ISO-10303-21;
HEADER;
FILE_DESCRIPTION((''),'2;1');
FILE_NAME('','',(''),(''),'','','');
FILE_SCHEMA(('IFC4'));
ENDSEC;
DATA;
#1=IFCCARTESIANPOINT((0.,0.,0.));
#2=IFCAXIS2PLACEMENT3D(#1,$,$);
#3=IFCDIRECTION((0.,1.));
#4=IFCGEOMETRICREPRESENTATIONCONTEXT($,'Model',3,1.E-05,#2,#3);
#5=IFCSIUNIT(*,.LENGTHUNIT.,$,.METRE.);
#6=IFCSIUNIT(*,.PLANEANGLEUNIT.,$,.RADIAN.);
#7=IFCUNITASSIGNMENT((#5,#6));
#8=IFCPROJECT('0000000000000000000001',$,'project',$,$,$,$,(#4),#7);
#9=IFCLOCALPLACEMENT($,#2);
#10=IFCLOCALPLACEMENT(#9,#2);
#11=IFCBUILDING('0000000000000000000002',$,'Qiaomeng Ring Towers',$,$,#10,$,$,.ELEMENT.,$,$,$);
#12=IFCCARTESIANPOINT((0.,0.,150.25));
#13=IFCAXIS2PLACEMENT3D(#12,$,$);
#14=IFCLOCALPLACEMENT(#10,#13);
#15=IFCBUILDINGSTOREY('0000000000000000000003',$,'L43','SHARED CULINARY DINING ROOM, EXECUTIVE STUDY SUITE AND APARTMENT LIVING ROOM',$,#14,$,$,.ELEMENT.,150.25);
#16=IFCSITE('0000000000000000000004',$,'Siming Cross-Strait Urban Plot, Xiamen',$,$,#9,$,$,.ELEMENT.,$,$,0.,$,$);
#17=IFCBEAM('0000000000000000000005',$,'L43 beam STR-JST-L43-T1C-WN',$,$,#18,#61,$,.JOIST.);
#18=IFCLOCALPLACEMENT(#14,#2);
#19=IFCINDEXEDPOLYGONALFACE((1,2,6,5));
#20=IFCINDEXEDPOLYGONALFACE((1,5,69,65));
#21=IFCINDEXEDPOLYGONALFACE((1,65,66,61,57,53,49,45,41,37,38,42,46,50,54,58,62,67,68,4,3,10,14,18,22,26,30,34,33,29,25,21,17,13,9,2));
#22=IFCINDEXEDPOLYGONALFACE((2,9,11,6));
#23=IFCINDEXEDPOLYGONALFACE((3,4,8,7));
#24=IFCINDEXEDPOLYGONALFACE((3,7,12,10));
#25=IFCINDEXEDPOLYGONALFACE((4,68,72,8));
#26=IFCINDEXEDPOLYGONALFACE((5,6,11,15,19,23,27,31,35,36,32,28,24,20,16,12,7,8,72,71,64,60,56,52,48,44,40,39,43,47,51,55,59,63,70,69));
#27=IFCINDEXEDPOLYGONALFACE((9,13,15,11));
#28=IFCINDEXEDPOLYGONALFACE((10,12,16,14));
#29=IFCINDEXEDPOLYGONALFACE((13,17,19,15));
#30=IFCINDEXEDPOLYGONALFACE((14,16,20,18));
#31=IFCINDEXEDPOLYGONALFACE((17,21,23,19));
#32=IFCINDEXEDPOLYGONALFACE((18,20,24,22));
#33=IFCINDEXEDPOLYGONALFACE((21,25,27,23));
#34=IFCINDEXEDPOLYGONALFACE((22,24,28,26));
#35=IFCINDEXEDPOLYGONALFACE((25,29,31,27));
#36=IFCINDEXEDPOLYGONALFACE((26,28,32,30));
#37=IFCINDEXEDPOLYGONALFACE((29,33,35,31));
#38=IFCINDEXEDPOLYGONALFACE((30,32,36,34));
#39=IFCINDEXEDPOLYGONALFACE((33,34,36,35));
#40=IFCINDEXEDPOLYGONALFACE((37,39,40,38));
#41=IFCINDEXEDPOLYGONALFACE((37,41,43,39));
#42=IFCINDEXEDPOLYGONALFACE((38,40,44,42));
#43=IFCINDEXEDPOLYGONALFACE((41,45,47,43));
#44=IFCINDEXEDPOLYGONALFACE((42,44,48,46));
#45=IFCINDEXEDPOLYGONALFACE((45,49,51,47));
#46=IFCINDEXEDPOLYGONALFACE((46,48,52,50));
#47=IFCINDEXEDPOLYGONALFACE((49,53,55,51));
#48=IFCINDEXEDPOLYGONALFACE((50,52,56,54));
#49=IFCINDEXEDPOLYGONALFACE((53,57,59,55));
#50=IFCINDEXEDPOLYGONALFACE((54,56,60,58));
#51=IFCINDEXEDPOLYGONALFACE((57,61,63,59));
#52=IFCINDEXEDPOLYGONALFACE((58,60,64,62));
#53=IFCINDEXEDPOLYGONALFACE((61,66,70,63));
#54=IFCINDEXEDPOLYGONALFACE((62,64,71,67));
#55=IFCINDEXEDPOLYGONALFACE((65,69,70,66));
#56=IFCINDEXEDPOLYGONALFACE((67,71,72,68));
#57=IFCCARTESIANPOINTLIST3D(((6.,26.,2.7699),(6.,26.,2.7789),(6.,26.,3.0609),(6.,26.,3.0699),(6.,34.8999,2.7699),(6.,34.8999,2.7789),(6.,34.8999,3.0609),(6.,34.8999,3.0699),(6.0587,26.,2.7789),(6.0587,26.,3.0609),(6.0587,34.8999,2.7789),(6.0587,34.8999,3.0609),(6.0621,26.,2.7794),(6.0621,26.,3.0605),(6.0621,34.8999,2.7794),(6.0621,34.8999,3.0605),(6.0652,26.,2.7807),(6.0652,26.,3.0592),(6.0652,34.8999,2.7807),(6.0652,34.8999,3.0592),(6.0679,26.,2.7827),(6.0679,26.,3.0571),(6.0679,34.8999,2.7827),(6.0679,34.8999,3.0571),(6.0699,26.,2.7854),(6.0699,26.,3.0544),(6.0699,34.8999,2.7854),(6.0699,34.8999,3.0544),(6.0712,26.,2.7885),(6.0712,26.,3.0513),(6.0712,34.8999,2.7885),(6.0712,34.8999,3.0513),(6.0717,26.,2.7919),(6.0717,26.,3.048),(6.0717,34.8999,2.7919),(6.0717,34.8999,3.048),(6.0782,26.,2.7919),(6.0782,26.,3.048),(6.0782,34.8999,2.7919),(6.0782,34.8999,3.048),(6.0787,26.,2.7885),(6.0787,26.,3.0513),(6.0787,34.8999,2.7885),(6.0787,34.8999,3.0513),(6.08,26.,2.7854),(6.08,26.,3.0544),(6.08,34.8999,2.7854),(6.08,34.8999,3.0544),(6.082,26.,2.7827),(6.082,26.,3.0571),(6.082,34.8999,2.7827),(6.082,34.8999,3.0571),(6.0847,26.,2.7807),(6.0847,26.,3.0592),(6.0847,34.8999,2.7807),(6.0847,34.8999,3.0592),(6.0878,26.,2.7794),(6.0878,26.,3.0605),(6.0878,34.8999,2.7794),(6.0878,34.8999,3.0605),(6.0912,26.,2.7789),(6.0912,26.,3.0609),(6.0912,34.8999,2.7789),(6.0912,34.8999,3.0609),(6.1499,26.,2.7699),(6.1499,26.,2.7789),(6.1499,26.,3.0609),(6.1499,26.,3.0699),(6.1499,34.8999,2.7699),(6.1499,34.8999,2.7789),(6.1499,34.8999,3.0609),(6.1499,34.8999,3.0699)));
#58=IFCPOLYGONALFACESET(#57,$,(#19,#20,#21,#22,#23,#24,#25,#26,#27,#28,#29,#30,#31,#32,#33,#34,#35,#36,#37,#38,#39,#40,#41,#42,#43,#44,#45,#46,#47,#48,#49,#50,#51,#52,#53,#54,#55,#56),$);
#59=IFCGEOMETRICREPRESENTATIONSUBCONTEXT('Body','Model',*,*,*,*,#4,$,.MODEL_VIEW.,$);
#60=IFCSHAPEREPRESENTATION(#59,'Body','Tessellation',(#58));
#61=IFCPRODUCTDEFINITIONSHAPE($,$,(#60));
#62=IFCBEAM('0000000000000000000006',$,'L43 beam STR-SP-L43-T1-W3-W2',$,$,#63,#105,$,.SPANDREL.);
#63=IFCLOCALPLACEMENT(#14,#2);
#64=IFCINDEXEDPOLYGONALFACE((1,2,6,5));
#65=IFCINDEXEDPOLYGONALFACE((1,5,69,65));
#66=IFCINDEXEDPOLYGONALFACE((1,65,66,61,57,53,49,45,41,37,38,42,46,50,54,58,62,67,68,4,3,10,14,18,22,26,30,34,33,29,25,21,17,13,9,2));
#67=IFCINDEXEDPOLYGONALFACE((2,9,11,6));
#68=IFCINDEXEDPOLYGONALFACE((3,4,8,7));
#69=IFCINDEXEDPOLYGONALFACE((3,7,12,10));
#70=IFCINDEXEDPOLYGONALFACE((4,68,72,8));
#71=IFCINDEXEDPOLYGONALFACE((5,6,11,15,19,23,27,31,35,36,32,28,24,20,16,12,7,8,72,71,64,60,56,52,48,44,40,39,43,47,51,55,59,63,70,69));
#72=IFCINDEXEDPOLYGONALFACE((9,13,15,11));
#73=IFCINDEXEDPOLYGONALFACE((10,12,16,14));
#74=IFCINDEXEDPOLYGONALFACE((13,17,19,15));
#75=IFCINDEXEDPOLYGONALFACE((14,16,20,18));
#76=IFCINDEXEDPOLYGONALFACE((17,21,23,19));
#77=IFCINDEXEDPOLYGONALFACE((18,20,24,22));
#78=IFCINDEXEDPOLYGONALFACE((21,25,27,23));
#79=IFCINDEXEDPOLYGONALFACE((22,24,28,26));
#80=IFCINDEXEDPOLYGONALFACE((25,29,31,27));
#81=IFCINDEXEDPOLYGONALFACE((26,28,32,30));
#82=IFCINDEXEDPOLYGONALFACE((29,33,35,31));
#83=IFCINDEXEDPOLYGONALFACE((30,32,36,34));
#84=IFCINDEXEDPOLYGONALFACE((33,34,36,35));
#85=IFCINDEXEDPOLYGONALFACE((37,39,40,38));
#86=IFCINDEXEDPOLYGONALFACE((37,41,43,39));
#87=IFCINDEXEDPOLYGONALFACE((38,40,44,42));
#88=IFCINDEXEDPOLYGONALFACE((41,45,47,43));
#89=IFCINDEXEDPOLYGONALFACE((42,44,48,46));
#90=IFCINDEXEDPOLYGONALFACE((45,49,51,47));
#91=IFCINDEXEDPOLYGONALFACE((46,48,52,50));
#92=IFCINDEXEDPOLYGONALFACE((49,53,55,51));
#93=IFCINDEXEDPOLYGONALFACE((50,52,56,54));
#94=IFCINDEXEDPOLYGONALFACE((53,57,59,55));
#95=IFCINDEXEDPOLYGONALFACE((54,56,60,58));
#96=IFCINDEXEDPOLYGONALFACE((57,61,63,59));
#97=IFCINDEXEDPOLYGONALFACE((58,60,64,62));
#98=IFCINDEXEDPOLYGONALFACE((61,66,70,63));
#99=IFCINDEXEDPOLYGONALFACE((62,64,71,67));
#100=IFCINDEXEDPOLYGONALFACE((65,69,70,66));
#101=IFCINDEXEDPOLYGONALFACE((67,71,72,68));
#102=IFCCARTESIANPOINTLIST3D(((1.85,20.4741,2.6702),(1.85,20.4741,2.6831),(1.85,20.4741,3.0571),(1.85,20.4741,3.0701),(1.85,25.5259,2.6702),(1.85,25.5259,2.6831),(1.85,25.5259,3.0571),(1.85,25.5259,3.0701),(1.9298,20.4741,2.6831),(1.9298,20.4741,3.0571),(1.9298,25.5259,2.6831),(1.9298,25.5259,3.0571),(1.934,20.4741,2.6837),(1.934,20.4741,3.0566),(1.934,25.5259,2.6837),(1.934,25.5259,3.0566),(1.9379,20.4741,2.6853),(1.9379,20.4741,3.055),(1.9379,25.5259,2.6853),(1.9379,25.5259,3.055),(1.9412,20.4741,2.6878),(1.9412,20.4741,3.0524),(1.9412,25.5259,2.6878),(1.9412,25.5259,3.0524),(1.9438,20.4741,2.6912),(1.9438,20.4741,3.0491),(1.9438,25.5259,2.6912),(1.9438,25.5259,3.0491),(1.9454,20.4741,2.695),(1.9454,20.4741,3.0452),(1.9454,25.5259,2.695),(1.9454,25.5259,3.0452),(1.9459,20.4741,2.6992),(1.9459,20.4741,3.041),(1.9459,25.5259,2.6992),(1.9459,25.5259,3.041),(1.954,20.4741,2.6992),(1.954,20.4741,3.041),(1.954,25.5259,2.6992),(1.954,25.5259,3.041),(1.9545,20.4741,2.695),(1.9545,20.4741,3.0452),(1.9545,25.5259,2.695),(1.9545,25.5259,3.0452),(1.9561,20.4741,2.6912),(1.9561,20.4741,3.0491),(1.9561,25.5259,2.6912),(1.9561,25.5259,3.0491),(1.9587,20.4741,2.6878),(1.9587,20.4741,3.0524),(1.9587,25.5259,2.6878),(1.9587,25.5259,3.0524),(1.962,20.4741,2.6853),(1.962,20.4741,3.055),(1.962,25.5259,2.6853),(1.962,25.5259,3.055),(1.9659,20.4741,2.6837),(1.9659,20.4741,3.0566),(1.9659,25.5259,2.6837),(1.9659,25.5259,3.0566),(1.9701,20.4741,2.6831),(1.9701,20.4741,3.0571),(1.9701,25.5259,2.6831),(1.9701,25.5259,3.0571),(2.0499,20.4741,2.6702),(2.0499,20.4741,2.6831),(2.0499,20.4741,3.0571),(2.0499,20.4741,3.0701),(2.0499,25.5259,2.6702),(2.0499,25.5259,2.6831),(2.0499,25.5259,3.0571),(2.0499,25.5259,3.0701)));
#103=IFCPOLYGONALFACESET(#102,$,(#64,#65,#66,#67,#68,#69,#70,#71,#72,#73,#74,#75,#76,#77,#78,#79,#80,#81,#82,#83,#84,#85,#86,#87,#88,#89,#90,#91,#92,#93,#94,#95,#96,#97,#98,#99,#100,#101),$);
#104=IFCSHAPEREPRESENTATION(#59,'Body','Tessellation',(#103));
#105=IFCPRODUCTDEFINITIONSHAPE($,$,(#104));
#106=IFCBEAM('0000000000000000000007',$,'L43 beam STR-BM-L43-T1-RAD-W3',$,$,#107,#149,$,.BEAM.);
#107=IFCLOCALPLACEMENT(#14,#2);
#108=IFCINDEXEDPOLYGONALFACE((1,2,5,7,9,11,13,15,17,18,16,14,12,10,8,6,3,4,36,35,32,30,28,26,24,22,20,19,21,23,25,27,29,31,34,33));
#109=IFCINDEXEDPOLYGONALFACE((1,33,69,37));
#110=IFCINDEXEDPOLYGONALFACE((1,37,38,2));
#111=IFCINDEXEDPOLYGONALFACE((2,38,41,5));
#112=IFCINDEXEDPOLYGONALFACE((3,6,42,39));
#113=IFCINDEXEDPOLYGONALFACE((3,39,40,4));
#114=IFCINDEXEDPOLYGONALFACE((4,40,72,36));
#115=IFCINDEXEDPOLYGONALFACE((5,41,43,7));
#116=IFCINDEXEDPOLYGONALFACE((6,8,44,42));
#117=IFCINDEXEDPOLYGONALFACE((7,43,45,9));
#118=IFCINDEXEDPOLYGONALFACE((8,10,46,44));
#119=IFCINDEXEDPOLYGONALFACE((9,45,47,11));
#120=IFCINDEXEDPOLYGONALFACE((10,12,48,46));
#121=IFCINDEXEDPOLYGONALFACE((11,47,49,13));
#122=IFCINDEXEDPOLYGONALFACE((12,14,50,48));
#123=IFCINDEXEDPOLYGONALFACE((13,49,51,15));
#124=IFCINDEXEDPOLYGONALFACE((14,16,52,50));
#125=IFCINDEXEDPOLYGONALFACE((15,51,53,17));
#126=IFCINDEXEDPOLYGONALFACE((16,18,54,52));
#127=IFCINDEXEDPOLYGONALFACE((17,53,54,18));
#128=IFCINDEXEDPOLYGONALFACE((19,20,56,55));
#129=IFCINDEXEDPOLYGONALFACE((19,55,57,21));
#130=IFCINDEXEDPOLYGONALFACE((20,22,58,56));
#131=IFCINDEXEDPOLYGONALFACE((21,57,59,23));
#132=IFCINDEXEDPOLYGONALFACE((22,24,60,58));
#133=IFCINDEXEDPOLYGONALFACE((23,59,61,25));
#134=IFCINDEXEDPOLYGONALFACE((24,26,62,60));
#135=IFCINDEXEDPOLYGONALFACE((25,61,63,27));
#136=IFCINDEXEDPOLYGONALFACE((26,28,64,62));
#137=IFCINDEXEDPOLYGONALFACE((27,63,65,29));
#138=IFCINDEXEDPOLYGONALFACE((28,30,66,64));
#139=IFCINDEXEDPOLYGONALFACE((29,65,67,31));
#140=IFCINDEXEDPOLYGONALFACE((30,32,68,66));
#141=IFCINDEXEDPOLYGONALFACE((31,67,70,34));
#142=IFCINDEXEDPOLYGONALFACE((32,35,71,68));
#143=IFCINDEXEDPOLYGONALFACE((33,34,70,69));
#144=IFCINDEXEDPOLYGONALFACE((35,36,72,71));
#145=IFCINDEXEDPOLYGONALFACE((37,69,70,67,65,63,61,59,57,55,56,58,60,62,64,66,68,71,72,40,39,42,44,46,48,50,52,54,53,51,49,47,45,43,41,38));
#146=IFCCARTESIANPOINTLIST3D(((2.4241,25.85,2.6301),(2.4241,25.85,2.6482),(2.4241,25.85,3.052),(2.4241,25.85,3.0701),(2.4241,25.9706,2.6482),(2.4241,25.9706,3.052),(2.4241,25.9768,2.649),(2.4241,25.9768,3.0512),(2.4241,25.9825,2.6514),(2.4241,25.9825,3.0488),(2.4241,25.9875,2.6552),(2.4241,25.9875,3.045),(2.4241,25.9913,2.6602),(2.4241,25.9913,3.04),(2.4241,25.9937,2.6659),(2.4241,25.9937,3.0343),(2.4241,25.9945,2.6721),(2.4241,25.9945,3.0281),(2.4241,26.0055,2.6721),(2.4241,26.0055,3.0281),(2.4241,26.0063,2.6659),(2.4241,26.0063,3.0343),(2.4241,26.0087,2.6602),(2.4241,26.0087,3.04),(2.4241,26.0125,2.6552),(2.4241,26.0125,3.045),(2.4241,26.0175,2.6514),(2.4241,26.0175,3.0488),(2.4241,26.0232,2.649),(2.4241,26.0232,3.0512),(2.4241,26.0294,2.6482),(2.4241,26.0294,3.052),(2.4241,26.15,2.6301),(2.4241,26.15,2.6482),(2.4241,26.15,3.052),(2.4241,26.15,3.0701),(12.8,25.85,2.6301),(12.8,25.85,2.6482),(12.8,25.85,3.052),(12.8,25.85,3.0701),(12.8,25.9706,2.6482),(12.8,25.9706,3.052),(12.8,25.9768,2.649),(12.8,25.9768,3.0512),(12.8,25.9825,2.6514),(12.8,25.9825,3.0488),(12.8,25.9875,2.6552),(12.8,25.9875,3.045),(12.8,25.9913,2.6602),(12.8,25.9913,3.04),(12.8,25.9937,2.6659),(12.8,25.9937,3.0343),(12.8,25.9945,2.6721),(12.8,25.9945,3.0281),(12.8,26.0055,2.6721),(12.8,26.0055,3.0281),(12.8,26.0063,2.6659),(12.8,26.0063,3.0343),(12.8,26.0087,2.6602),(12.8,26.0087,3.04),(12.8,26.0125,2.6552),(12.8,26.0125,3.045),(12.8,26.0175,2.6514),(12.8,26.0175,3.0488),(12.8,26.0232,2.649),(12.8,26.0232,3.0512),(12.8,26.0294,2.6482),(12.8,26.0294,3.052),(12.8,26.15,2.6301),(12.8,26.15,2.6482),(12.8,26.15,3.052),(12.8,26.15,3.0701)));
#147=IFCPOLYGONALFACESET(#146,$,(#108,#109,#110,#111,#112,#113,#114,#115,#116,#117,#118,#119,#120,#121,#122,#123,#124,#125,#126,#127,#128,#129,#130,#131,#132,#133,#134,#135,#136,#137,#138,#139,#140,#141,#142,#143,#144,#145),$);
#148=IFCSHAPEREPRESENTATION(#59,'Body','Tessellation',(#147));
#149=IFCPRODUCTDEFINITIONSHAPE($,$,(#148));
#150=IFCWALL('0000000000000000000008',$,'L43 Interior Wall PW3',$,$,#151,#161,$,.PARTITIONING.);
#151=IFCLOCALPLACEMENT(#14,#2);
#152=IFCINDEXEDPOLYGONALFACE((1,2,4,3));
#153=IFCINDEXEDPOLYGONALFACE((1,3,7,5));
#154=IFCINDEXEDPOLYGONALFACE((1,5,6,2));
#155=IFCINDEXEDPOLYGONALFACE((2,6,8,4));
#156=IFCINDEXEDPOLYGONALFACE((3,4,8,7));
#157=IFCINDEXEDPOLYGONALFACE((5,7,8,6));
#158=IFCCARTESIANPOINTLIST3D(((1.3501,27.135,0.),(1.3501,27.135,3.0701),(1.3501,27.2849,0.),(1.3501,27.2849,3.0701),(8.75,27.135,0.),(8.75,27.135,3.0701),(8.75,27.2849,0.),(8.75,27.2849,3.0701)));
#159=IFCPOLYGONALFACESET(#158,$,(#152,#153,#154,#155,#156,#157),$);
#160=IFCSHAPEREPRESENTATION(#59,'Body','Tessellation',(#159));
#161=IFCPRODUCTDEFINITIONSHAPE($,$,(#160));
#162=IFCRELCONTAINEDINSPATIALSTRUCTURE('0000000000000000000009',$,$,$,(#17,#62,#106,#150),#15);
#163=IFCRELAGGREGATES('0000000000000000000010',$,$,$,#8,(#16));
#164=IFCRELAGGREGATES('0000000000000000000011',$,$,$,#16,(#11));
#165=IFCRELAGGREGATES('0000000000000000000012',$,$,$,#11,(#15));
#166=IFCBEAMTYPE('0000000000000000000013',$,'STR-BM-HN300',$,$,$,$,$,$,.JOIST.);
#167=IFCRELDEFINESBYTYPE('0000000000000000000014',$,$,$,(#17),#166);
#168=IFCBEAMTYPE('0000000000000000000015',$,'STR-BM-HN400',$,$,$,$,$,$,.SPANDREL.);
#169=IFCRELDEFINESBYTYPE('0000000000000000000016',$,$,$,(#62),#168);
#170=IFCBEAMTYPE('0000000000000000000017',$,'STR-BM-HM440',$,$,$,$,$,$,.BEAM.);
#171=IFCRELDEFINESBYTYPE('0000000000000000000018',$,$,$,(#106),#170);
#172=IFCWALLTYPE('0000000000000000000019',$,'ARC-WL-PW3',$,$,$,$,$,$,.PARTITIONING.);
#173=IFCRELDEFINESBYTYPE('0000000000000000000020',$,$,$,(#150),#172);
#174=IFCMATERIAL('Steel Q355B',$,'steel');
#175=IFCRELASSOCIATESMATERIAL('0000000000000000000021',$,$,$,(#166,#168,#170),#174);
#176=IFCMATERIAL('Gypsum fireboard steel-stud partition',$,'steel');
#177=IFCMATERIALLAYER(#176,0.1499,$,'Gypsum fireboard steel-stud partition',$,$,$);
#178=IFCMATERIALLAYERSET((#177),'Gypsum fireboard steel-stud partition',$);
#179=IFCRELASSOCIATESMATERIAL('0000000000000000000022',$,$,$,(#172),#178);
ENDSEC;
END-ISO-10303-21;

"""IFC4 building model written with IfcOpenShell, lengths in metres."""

from ifc_helpers import new_model, si_unit, direction, frame, frame_2d, origin, origin_2d, place, context, subcontext, project, spatial, rectangle, i_section, extrude, source, transform, mapped, material, layer, layer_set, material_profile, profile_set, type_object, element, save


model = new_model("IFC4")

# Units and contexts
model_context = context("Model", 3, precision=1e-05, world=origin(), true_north=direction((0.0, 1.0)))
body_context = subcontext(model_context, "Body", "Model", "MODEL_VIEW")
ifc_project = project(units=[si_unit("LENGTHUNIT", "METRE"), si_unit("PLANEANGLEUNIT", "RADIAN")], contexts=[model_context])

# Site, building, storey
site_placement = place(None, origin())
site = spatial("IfcSite", under=ifc_project, at=site_placement, Name="Siming Cross-Strait Urban Plot, Xiamen", CompositionType="ELEMENT", RefElevation=0.0)
building_placement = place(site_placement, origin())
building = spatial("IfcBuilding", under=site, at=building_placement, Name="Qiaomeng Ring Towers", CompositionType="ELEMENT")
storey_placement = place(building_placement, frame((0.0, 0.0, 150.25)))
storey = spatial("IfcBuildingStorey", under=building, at=storey_placement, Name="L43", Description="SHARED CULINARY DINING ROOM, EXECUTIVE STUDY SUITE AND APARTMENT LIVING ROOM", CompositionType="ELEMENT", Elevation=150.25)

# Beams
ifc_material_1 = material(Name="Steel Q355B", Category="steel")
ifc_material_profile_1 = material_profile(ifc_material_1, i_section(OverallWidth=0.1499, OverallDepth=0.3, WebThickness=0.0066, FlangeThickness=0.009, FilletRadius=0.0129, at=origin_2d()), Name="HN 300x150x6.5x9")
ifc_profile_set_1 = profile_set([ifc_material_profile_1], Name="Steel Q355B")
beam_type_1 = type_object("IfcBeamType", Name="STR-BM-HN300", PredefinedType="JOIST", material=ifc_profile_set_1)
shared_shape_1 = source(origin(), body_context, "Body", "SweptSolid", [
    extrude(i_section(OverallWidth=0.1499, OverallDepth=0.3, WebThickness=0.0066, FlangeThickness=0.009, FilletRadius=0.0129, at=origin_2d()), origin(), (0.0, 0.0, 1.0), 8.8999),
])
beam_1_placement = place(storey_placement, frame((6.075, 26.0, 2.9199), z_axis=(0.0, 1.0, 0.0), x_axis=(-1.0, 0.0, 0.0)))
element("IfcBeam", 1, at=beam_1_placement, inside=storey, type_object=beam_type_1, Name="L43 beam STR-JST-L43-T1C-WN", PredefinedType="JOIST", context=body_context, shape_type="MappedRepresentation", body=[
    mapped(shared_shape_1, transform((0.0, 0.0, 0.0), x_axis=(1.0, 0.0, 0.0), y_axis=(0.0, 1.0, 0.0), z_axis=(0.0, 0.0, 1.0), scale=1.0)),
])
ifc_material_profile_2 = material_profile(ifc_material_1, i_section(OverallWidth=0.2, OverallDepth=0.3999, WebThickness=0.0081, FlangeThickness=0.0129, FilletRadius=0.0161, at=origin_2d()), Name="HN 400x200x8x13")
ifc_profile_set_2 = profile_set([ifc_material_profile_2], Name="Steel Q355B")
beam_type_2 = type_object("IfcBeamType", Name="STR-BM-HN400", PredefinedType="SPANDREL", material=ifc_profile_set_2)
shared_shape_2 = source(origin(), body_context, "Body", "SweptSolid", [
    extrude(i_section(OverallWidth=0.2, OverallDepth=0.3999, WebThickness=0.0081, FlangeThickness=0.0129, FilletRadius=0.0161, at=origin_2d()), origin(), (0.0, 0.0, 1.0), 5.0518),
])
beam_2_placement = place(storey_placement, frame((1.95, 25.5259, 2.8701), z_axis=(0.0, -1.0, 0.0), x_axis=(1.0, 0.0, 0.0)))
element("IfcBeam", 2, at=beam_2_placement, inside=storey, type_object=beam_type_2, Name="L43 beam STR-SP-L43-T1-W3-W2", PredefinedType="SPANDREL", context=body_context, shape_type="MappedRepresentation", body=[
    mapped(shared_shape_2, transform((0.0, 0.0, 0.0), x_axis=(1.0, 0.0, 0.0), y_axis=(0.0, 1.0, 0.0), z_axis=(0.0, 0.0, 1.0), scale=1.0)),
])
ifc_material_profile_3 = material_profile(ifc_material_1, i_section(OverallWidth=0.3, OverallDepth=0.4399, WebThickness=0.011, FlangeThickness=0.0181, FilletRadius=0.0239, at=origin_2d()), Name="HM 440x300x11x18")
ifc_profile_set_3 = profile_set([ifc_material_profile_3], Name="Steel Q355B")
beam_type_3 = type_object("IfcBeamType", Name="STR-BM-HM440", PredefinedType="BEAM", material=ifc_profile_set_3)
shared_shape_3 = source(origin(), body_context, "Body", "SweptSolid", [
    extrude(i_section(OverallWidth=0.3, OverallDepth=0.4399, WebThickness=0.011, FlangeThickness=0.0181, FilletRadius=0.0239, at=origin_2d()), origin(), (0.0, 0.0, 1.0), 10.376),
])
beam_3_placement = place(storey_placement, frame((2.4241, 26.0, 2.8501), z_axis=(1.0, 0.0, 0.0), x_axis=(0.0, 1.0, 0.0)))
element("IfcBeam", 3, at=beam_3_placement, inside=storey, type_object=beam_type_3, Name="L43 beam STR-BM-L43-T1-RAD-W3", PredefinedType="BEAM", context=body_context, shape_type="MappedRepresentation", body=[
    mapped(shared_shape_3, transform((0.0, 0.0, 0.0), x_axis=(1.0, 0.0, 0.0), y_axis=(0.0, 1.0, 0.0), z_axis=(0.0, 0.0, 1.0), scale=1.0)),
])

# Wall
ifc_material_2 = material(Name="Gypsum fireboard steel-stud partition", Category="steel")
ifc_layer_1 = layer(ifc_material_2, 0.1499, Name="Gypsum fireboard steel-stud partition")
ifc_layer_set_1 = layer_set([ifc_layer_1], Name="Gypsum fireboard steel-stud partition")
wall_type_1 = type_object("IfcWallType", Name="ARC-WL-PW3", PredefinedType="PARTITIONING", material=ifc_layer_set_1)
wall_1_placement = place(storey_placement, frame((1.3501, 27.21, 0.0), z_axis=(0.0, 0.0, 1.0), x_axis=(1.0, 0.0, 0.0)))
element("IfcWall", 4, at=wall_1_placement, inside=storey, type_object=wall_type_1, Name="L43 Interior Wall PW3", PredefinedType="PARTITIONING", context=body_context, shape_type="SweptSolid", body=[
    extrude(rectangle(XDim=7.3999, YDim=0.1499, at=frame_2d((3.7, 0.0))), origin(), (0.0, 0.0, 1.0), 3.0701),
])

save(model, "model.ifc")
